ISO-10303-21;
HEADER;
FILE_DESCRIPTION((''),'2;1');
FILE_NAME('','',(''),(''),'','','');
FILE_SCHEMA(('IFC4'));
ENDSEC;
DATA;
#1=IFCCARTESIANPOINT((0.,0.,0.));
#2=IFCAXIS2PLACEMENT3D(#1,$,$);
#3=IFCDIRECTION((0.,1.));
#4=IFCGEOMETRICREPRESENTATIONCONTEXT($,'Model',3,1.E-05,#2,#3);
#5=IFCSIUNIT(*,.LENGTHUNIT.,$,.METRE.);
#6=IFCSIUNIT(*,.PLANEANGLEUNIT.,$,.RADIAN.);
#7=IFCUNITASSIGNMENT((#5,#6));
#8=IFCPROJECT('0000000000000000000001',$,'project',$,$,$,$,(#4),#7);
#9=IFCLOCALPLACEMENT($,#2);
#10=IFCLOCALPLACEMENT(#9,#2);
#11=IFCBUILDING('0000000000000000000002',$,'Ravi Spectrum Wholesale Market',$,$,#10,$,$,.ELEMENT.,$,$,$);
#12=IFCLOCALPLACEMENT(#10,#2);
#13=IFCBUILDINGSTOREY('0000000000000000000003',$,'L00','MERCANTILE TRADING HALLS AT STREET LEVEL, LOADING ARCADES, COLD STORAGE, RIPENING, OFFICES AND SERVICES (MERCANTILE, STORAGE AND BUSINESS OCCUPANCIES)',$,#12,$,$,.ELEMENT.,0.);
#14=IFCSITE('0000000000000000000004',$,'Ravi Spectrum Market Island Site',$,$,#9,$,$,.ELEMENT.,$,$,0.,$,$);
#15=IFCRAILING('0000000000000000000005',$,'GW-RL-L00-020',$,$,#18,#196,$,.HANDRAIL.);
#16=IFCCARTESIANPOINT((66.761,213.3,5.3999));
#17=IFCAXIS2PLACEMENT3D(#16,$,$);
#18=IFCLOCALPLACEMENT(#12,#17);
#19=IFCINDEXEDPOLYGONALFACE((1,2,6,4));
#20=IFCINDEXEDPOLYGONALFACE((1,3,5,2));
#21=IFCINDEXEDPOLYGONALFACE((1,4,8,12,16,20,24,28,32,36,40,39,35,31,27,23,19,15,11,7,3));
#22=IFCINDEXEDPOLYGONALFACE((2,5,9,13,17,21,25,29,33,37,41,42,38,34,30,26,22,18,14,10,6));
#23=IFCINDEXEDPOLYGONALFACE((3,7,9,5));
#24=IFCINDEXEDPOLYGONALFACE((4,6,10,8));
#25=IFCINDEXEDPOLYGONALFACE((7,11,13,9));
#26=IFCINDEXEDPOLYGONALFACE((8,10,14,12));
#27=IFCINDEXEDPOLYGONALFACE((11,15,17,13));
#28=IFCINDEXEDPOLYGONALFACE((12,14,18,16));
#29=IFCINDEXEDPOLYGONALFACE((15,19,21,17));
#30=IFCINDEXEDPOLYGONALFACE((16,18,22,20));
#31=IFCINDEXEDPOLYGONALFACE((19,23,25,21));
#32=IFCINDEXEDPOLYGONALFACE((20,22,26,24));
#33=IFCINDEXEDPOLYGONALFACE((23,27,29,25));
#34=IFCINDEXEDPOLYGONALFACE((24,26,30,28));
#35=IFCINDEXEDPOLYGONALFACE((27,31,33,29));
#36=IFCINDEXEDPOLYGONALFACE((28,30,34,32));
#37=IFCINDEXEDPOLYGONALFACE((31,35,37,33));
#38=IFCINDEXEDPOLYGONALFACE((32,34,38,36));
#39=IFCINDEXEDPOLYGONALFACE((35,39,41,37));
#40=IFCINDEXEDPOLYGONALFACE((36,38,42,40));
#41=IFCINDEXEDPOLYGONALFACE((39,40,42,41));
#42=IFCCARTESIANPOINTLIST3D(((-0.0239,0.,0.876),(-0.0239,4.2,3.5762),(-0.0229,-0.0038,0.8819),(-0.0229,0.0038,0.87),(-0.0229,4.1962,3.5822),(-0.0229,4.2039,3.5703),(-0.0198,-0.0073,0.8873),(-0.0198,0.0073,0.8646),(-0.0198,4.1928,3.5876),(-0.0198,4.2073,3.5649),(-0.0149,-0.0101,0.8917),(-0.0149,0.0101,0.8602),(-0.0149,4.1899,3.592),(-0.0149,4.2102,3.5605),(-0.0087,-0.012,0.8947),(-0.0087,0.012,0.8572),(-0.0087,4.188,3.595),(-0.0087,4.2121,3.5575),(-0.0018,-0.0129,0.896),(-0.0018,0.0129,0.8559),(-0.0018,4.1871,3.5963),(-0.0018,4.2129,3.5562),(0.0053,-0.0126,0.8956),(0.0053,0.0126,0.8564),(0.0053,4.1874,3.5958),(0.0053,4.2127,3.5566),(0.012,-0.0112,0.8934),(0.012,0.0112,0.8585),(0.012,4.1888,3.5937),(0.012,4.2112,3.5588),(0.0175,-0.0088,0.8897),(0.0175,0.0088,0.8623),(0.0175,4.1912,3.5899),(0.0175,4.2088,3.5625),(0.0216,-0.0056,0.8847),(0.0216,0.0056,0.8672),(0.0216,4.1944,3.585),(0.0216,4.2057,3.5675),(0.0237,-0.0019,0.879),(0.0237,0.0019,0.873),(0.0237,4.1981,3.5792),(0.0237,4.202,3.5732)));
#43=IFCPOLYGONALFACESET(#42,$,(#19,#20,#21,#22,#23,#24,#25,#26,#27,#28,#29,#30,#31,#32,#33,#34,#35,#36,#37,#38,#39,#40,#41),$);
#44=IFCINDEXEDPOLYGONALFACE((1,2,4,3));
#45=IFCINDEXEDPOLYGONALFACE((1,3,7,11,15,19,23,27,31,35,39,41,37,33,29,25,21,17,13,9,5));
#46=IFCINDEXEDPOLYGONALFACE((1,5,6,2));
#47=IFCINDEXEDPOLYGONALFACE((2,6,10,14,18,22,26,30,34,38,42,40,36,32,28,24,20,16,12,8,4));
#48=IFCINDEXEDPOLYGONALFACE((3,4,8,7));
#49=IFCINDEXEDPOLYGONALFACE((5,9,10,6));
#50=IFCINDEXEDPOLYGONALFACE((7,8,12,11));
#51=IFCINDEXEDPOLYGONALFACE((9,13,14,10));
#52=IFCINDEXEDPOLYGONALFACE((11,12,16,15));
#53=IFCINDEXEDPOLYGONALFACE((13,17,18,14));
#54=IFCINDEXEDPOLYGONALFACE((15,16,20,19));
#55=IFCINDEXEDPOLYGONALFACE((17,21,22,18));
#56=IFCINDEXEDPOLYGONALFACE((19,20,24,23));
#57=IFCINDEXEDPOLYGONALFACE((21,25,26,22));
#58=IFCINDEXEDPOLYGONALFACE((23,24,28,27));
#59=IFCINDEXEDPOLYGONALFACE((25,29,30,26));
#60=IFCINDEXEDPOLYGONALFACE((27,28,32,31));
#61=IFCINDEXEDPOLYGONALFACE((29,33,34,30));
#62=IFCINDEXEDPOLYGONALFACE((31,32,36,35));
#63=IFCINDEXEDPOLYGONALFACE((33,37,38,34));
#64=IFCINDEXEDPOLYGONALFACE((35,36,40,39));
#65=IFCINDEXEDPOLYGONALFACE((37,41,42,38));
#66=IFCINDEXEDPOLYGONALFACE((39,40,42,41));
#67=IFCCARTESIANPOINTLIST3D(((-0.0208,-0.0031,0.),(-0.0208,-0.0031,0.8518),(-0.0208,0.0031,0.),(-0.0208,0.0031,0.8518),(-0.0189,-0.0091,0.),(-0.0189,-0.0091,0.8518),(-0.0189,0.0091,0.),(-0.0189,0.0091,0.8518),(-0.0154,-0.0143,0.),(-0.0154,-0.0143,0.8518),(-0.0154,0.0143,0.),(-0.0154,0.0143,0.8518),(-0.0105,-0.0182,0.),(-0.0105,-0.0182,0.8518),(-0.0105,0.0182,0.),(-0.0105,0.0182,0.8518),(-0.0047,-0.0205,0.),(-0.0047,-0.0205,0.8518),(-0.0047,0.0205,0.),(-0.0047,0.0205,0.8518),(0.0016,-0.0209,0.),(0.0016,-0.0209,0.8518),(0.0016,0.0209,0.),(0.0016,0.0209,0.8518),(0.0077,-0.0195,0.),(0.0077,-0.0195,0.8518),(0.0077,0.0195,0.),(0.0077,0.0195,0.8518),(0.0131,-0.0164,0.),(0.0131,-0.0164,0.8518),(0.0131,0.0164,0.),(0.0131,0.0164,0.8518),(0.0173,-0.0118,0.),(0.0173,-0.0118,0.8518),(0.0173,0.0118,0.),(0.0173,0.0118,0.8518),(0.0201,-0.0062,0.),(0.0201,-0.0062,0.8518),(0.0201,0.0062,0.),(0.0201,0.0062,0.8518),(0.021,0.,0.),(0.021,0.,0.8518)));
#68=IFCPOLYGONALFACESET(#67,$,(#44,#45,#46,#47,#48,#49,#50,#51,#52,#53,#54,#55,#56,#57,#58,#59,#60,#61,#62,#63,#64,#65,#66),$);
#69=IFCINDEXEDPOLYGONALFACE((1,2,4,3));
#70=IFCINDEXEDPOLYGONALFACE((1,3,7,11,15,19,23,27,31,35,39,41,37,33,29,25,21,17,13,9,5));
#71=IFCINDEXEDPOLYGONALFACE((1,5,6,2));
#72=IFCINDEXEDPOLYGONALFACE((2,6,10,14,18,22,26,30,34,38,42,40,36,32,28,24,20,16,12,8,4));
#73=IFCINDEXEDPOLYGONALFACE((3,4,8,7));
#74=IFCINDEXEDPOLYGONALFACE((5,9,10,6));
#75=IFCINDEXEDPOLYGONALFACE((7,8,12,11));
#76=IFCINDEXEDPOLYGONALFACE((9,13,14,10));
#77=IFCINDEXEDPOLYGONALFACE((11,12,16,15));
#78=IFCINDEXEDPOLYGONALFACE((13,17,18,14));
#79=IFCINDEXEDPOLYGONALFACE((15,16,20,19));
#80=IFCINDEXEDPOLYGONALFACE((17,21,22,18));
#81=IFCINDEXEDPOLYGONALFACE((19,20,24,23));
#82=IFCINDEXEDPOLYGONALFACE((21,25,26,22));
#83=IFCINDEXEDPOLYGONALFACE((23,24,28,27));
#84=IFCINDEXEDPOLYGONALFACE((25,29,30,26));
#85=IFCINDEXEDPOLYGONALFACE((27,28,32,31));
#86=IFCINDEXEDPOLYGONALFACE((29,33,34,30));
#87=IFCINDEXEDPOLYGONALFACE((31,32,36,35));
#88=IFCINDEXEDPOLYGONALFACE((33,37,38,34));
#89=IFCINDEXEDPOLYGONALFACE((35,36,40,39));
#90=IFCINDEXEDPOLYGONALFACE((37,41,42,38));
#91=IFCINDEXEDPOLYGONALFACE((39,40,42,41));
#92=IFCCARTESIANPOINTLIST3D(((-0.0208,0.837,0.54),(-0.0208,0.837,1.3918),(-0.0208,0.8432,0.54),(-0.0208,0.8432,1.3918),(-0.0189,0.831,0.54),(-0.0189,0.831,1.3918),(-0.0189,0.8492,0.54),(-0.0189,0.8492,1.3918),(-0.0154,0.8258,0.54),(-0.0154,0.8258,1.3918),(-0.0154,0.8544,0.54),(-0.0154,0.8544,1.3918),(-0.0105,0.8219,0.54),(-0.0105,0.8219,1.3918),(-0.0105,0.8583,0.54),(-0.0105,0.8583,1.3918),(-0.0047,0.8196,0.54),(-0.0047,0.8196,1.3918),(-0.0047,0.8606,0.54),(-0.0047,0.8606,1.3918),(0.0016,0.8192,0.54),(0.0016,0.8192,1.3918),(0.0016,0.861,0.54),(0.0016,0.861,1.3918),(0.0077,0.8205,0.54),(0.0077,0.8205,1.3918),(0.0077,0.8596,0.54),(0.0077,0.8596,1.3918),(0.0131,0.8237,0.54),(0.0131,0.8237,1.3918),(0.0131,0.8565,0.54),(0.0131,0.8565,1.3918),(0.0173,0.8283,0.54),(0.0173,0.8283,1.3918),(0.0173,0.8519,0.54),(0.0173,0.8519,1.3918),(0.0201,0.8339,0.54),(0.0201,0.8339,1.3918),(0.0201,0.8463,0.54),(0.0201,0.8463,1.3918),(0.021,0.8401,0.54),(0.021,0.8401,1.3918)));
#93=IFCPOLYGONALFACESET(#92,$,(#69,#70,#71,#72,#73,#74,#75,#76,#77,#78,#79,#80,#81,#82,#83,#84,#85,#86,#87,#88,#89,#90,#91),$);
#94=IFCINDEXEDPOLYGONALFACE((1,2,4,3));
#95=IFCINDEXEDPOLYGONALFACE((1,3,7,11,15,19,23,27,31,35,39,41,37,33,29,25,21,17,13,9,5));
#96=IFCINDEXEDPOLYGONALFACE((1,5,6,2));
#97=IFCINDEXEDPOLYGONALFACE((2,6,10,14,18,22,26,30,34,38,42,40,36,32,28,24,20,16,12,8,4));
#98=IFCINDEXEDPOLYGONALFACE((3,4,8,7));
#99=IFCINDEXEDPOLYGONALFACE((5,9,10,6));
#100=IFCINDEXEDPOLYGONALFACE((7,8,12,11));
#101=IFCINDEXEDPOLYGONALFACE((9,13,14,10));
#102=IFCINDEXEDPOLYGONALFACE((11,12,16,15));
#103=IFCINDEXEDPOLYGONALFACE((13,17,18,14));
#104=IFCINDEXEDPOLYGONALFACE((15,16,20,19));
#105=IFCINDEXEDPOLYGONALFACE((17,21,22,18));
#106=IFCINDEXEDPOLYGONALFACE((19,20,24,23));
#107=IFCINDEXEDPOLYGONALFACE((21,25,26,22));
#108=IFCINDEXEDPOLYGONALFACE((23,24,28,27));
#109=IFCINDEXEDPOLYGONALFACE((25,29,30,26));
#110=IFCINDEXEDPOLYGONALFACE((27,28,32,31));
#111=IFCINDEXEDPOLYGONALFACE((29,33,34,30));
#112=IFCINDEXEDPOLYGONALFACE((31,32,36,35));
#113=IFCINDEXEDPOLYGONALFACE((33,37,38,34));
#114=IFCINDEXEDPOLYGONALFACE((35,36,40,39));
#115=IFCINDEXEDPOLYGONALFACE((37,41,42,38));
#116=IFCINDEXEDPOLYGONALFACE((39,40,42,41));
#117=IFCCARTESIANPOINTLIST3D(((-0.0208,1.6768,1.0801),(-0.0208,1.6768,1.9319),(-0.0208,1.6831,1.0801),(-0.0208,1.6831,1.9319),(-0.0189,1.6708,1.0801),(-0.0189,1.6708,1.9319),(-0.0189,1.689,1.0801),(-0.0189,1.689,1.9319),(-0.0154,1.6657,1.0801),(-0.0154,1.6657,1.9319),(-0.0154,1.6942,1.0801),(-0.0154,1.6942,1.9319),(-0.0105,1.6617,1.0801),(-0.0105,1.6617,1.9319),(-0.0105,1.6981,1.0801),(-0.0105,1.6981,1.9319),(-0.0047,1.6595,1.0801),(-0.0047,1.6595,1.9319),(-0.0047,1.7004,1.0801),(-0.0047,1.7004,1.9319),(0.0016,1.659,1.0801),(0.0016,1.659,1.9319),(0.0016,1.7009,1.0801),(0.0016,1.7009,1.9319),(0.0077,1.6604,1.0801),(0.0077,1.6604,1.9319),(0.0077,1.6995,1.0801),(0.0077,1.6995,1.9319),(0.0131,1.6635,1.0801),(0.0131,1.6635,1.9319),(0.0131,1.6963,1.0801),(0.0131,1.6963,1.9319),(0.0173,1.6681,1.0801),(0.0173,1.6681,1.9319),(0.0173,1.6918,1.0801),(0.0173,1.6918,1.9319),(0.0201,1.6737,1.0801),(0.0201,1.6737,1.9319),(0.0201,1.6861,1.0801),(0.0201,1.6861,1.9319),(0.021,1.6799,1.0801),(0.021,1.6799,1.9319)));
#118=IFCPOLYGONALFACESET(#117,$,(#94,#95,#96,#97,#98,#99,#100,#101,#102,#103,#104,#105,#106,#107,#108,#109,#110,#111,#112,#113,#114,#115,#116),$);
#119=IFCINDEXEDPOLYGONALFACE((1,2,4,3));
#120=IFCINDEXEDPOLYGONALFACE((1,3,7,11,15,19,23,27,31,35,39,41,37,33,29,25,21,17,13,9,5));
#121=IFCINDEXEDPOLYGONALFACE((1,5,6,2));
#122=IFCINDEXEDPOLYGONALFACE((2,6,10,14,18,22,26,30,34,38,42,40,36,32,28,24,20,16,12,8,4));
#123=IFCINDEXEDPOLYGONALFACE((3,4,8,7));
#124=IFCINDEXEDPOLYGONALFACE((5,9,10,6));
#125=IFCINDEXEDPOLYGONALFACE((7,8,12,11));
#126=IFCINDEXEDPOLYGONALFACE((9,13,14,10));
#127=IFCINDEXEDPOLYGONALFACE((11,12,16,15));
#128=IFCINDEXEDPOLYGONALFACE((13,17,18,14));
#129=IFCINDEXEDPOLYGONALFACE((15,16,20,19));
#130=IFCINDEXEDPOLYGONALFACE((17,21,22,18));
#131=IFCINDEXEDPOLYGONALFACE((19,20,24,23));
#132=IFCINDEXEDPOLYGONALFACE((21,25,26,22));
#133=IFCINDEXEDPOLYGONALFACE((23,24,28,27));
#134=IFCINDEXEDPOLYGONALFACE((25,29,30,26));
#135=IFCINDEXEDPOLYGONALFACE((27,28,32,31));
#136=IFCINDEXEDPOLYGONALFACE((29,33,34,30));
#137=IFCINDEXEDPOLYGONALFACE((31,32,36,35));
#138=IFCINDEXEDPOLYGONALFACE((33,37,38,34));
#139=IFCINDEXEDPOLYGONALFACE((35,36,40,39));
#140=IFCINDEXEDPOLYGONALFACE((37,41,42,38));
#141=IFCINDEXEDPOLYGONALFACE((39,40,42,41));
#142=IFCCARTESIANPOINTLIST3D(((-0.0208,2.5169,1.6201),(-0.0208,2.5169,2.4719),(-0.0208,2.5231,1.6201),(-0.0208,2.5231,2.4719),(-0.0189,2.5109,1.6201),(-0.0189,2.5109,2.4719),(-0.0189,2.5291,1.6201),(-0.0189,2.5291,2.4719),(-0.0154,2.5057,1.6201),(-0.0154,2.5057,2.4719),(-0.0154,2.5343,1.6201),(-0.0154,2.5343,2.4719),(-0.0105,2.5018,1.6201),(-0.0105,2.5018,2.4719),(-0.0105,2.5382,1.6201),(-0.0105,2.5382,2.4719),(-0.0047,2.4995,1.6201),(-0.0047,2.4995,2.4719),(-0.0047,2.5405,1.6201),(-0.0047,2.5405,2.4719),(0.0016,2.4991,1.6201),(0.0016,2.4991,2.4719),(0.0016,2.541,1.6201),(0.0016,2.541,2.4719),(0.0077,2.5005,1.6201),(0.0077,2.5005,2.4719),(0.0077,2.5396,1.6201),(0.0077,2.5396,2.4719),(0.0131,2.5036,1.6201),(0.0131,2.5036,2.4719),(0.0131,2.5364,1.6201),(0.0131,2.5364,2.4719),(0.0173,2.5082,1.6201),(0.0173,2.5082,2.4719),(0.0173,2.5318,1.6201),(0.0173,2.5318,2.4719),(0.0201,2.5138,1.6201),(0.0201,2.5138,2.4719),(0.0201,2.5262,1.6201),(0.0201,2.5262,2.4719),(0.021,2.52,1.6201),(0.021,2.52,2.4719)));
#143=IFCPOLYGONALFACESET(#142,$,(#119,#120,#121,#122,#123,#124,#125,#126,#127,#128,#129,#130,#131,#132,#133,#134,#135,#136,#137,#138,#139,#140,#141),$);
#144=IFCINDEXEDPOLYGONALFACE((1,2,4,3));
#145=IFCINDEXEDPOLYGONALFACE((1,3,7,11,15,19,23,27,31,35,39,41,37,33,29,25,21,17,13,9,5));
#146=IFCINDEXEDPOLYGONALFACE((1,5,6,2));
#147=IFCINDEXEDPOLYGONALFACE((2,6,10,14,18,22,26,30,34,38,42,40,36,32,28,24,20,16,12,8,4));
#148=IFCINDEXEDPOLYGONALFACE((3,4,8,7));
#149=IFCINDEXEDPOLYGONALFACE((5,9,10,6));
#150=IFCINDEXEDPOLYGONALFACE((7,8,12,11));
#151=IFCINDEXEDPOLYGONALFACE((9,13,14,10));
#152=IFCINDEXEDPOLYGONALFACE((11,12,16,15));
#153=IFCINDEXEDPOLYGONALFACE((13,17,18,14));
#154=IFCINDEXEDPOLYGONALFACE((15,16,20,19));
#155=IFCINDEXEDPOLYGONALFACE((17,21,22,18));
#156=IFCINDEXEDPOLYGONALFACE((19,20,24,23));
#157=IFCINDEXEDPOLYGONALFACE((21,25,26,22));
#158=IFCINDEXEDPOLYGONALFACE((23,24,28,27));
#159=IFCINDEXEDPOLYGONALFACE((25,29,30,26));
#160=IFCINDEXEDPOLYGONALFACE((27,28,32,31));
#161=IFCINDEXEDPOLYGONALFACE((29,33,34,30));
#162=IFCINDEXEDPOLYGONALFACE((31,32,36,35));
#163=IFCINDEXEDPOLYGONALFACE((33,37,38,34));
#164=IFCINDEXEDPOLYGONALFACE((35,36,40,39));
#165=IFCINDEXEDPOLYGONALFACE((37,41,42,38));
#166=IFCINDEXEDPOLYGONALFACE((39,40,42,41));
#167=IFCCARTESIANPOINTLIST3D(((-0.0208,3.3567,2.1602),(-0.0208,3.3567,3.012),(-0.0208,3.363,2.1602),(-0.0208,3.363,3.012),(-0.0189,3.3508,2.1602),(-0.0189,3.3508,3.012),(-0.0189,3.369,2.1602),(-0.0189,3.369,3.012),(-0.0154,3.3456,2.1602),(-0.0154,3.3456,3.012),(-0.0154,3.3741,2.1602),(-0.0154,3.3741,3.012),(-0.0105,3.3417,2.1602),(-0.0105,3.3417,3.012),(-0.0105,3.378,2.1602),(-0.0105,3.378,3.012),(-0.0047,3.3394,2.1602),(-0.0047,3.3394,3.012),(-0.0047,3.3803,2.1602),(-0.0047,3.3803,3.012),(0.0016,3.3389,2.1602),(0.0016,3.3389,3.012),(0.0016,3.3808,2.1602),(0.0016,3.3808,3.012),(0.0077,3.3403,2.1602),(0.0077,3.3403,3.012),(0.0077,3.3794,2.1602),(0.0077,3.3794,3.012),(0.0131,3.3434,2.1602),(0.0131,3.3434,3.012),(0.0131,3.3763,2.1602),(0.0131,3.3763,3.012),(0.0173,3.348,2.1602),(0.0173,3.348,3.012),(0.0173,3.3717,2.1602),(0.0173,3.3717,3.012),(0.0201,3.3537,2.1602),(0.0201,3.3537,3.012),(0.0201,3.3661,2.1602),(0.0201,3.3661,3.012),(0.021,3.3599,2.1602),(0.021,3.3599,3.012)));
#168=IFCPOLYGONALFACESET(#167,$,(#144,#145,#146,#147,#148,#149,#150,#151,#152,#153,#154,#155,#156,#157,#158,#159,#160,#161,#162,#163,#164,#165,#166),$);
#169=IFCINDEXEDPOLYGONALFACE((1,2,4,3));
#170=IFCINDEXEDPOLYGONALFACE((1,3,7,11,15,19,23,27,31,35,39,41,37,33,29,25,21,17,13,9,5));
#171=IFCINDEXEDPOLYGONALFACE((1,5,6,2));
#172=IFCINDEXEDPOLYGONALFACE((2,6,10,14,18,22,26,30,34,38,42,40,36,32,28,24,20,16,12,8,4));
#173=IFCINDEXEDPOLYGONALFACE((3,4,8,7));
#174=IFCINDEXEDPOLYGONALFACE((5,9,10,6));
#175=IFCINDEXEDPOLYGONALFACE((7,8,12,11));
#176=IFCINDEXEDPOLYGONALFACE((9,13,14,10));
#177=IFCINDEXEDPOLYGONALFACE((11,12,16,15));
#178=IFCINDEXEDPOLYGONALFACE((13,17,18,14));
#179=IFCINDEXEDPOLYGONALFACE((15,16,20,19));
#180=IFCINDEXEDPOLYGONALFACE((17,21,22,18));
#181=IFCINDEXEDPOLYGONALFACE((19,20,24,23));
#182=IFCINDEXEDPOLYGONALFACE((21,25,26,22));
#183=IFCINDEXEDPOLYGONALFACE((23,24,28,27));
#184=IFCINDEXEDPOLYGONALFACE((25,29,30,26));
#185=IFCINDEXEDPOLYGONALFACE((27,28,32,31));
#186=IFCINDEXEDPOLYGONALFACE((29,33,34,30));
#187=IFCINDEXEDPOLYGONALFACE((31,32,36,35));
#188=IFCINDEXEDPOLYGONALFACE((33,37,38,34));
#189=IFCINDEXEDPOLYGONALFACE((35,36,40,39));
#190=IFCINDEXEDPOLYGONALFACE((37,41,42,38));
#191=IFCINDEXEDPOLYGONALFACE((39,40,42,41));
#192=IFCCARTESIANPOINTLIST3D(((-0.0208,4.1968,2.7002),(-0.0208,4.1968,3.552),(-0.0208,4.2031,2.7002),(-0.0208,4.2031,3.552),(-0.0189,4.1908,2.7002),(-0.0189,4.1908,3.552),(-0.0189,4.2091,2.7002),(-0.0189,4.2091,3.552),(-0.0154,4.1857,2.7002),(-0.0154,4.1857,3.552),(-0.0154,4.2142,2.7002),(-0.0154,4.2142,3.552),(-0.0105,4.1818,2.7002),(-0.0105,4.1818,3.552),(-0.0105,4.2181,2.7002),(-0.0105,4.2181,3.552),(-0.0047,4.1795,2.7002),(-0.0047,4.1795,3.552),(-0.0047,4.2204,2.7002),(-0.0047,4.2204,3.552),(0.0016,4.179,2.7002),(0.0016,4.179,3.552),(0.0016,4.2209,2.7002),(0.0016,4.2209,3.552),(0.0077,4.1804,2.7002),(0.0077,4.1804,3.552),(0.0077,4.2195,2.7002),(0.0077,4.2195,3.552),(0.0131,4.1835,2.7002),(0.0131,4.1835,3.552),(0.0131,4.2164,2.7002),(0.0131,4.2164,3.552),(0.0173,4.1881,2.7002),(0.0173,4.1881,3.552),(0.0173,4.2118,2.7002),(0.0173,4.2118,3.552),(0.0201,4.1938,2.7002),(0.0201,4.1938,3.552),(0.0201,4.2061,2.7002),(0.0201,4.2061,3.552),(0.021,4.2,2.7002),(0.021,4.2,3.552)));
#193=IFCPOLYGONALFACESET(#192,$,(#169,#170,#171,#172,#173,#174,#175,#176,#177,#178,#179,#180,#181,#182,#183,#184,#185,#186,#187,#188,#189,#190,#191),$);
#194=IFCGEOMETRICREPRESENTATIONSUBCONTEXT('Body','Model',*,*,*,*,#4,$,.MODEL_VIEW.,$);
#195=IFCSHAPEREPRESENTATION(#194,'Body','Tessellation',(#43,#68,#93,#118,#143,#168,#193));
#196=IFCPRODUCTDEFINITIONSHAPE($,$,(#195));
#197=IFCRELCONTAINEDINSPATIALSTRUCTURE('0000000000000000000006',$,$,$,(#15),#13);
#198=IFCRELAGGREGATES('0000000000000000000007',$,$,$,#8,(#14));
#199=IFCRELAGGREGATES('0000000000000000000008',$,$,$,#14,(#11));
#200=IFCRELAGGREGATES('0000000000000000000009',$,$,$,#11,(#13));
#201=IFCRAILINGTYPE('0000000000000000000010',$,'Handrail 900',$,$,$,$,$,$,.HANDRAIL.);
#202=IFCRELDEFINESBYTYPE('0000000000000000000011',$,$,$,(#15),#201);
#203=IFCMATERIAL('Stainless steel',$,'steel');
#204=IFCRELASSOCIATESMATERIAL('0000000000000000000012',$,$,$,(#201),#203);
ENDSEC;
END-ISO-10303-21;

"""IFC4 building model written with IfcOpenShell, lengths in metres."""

from ifc_helpers import new_model, si_unit, direction, frame, origin, origin_2d, place, context, subcontext, project, spatial, circle, extrude, material, type_object, element, save


model = new_model("IFC4")

# Units and contexts
model_context = context("Model", 3, precision=1e-05, world=origin(), true_north=direction((0.0, 1.0)))
body_context = subcontext(model_context, "Body", "Model", "MODEL_VIEW")
ifc_project = project(units=[si_unit("LENGTHUNIT", "METRE"), si_unit("PLANEANGLEUNIT", "RADIAN")], contexts=[model_context])

# Site, building, storey
site_placement = place(None, origin())
site = spatial("IfcSite", under=ifc_project, at=site_placement, Name="Ravi Spectrum Market Island Site", CompositionType="ELEMENT", RefElevation=0.0)
building_placement = place(site_placement, origin())
building = spatial("IfcBuilding", under=site, at=building_placement, Name="Ravi Spectrum Wholesale Market", CompositionType="ELEMENT")
storey_placement = place(building_placement, origin())
storey = spatial("IfcBuildingStorey", under=building, at=storey_placement, Name="L00", Description="MERCANTILE TRADING HALLS AT STREET LEVEL, LOADING ARCADES, COLD STORAGE, RIPENING, OFFICES AND SERVICES (MERCANTILE, STORAGE AND BUSINESS OCCUPANCIES)", CompositionType="ELEMENT", Elevation=0.0)

# Railing
ifc_material_1 = material(Name="Stainless steel", Category="steel")
railing_type = type_object("IfcRailingType", Name="Handrail 900", PredefinedType="HANDRAIL", material=ifc_material_1)
for number, where, name in (
    (1, (66.761, 213.3, 5.3999), "GW-RL-L00-020"),
):
    element("IfcRailing", number, at=place(storey_placement, frame(where)), inside=storey, type_object=railing_type, Name=name, PredefinedType="HANDRAIL", context=body_context, shape_type="SweptSolid", body=[
        extrude(circle(Radius=0.0239, at=origin_2d()), frame((0.0, 0.0, 0.876), z_axis=(0.0, 0.841158, 0.54079), x_axis=(-1.0, 0.0, 0.0)), (0.0, 0.0, 1.0), 4.9932),
        extrude(circle(Radius=0.021, at=origin_2d()), origin(), (0.0, 0.0, 1.0), 0.8518),
        extrude(circle(Radius=0.021, at=origin_2d()), frame((0.0, 0.8401, 0.54)), (0.0, 0.0, 1.0), 0.8518),
        extrude(circle(Radius=0.021, at=origin_2d()), frame((0.0, 1.6799, 1.0801)), (0.0, 0.0, 1.0), 0.8518),
        extrude(circle(Radius=0.021, at=origin_2d()), frame((0.0, 2.52, 1.6201)), (0.0, 0.0, 1.0), 0.8518),
        extrude(circle(Radius=0.021, at=origin_2d()), frame((0.0, 3.3599, 2.1602)), (0.0, 0.0, 1.0), 0.8518),
        extrude(circle(Radius=0.021, at=origin_2d()), frame((0.0, 4.2, 2.7002)), (0.0, 0.0, 1.0), 0.8518),
    ])

save(model, "model.ifc")
